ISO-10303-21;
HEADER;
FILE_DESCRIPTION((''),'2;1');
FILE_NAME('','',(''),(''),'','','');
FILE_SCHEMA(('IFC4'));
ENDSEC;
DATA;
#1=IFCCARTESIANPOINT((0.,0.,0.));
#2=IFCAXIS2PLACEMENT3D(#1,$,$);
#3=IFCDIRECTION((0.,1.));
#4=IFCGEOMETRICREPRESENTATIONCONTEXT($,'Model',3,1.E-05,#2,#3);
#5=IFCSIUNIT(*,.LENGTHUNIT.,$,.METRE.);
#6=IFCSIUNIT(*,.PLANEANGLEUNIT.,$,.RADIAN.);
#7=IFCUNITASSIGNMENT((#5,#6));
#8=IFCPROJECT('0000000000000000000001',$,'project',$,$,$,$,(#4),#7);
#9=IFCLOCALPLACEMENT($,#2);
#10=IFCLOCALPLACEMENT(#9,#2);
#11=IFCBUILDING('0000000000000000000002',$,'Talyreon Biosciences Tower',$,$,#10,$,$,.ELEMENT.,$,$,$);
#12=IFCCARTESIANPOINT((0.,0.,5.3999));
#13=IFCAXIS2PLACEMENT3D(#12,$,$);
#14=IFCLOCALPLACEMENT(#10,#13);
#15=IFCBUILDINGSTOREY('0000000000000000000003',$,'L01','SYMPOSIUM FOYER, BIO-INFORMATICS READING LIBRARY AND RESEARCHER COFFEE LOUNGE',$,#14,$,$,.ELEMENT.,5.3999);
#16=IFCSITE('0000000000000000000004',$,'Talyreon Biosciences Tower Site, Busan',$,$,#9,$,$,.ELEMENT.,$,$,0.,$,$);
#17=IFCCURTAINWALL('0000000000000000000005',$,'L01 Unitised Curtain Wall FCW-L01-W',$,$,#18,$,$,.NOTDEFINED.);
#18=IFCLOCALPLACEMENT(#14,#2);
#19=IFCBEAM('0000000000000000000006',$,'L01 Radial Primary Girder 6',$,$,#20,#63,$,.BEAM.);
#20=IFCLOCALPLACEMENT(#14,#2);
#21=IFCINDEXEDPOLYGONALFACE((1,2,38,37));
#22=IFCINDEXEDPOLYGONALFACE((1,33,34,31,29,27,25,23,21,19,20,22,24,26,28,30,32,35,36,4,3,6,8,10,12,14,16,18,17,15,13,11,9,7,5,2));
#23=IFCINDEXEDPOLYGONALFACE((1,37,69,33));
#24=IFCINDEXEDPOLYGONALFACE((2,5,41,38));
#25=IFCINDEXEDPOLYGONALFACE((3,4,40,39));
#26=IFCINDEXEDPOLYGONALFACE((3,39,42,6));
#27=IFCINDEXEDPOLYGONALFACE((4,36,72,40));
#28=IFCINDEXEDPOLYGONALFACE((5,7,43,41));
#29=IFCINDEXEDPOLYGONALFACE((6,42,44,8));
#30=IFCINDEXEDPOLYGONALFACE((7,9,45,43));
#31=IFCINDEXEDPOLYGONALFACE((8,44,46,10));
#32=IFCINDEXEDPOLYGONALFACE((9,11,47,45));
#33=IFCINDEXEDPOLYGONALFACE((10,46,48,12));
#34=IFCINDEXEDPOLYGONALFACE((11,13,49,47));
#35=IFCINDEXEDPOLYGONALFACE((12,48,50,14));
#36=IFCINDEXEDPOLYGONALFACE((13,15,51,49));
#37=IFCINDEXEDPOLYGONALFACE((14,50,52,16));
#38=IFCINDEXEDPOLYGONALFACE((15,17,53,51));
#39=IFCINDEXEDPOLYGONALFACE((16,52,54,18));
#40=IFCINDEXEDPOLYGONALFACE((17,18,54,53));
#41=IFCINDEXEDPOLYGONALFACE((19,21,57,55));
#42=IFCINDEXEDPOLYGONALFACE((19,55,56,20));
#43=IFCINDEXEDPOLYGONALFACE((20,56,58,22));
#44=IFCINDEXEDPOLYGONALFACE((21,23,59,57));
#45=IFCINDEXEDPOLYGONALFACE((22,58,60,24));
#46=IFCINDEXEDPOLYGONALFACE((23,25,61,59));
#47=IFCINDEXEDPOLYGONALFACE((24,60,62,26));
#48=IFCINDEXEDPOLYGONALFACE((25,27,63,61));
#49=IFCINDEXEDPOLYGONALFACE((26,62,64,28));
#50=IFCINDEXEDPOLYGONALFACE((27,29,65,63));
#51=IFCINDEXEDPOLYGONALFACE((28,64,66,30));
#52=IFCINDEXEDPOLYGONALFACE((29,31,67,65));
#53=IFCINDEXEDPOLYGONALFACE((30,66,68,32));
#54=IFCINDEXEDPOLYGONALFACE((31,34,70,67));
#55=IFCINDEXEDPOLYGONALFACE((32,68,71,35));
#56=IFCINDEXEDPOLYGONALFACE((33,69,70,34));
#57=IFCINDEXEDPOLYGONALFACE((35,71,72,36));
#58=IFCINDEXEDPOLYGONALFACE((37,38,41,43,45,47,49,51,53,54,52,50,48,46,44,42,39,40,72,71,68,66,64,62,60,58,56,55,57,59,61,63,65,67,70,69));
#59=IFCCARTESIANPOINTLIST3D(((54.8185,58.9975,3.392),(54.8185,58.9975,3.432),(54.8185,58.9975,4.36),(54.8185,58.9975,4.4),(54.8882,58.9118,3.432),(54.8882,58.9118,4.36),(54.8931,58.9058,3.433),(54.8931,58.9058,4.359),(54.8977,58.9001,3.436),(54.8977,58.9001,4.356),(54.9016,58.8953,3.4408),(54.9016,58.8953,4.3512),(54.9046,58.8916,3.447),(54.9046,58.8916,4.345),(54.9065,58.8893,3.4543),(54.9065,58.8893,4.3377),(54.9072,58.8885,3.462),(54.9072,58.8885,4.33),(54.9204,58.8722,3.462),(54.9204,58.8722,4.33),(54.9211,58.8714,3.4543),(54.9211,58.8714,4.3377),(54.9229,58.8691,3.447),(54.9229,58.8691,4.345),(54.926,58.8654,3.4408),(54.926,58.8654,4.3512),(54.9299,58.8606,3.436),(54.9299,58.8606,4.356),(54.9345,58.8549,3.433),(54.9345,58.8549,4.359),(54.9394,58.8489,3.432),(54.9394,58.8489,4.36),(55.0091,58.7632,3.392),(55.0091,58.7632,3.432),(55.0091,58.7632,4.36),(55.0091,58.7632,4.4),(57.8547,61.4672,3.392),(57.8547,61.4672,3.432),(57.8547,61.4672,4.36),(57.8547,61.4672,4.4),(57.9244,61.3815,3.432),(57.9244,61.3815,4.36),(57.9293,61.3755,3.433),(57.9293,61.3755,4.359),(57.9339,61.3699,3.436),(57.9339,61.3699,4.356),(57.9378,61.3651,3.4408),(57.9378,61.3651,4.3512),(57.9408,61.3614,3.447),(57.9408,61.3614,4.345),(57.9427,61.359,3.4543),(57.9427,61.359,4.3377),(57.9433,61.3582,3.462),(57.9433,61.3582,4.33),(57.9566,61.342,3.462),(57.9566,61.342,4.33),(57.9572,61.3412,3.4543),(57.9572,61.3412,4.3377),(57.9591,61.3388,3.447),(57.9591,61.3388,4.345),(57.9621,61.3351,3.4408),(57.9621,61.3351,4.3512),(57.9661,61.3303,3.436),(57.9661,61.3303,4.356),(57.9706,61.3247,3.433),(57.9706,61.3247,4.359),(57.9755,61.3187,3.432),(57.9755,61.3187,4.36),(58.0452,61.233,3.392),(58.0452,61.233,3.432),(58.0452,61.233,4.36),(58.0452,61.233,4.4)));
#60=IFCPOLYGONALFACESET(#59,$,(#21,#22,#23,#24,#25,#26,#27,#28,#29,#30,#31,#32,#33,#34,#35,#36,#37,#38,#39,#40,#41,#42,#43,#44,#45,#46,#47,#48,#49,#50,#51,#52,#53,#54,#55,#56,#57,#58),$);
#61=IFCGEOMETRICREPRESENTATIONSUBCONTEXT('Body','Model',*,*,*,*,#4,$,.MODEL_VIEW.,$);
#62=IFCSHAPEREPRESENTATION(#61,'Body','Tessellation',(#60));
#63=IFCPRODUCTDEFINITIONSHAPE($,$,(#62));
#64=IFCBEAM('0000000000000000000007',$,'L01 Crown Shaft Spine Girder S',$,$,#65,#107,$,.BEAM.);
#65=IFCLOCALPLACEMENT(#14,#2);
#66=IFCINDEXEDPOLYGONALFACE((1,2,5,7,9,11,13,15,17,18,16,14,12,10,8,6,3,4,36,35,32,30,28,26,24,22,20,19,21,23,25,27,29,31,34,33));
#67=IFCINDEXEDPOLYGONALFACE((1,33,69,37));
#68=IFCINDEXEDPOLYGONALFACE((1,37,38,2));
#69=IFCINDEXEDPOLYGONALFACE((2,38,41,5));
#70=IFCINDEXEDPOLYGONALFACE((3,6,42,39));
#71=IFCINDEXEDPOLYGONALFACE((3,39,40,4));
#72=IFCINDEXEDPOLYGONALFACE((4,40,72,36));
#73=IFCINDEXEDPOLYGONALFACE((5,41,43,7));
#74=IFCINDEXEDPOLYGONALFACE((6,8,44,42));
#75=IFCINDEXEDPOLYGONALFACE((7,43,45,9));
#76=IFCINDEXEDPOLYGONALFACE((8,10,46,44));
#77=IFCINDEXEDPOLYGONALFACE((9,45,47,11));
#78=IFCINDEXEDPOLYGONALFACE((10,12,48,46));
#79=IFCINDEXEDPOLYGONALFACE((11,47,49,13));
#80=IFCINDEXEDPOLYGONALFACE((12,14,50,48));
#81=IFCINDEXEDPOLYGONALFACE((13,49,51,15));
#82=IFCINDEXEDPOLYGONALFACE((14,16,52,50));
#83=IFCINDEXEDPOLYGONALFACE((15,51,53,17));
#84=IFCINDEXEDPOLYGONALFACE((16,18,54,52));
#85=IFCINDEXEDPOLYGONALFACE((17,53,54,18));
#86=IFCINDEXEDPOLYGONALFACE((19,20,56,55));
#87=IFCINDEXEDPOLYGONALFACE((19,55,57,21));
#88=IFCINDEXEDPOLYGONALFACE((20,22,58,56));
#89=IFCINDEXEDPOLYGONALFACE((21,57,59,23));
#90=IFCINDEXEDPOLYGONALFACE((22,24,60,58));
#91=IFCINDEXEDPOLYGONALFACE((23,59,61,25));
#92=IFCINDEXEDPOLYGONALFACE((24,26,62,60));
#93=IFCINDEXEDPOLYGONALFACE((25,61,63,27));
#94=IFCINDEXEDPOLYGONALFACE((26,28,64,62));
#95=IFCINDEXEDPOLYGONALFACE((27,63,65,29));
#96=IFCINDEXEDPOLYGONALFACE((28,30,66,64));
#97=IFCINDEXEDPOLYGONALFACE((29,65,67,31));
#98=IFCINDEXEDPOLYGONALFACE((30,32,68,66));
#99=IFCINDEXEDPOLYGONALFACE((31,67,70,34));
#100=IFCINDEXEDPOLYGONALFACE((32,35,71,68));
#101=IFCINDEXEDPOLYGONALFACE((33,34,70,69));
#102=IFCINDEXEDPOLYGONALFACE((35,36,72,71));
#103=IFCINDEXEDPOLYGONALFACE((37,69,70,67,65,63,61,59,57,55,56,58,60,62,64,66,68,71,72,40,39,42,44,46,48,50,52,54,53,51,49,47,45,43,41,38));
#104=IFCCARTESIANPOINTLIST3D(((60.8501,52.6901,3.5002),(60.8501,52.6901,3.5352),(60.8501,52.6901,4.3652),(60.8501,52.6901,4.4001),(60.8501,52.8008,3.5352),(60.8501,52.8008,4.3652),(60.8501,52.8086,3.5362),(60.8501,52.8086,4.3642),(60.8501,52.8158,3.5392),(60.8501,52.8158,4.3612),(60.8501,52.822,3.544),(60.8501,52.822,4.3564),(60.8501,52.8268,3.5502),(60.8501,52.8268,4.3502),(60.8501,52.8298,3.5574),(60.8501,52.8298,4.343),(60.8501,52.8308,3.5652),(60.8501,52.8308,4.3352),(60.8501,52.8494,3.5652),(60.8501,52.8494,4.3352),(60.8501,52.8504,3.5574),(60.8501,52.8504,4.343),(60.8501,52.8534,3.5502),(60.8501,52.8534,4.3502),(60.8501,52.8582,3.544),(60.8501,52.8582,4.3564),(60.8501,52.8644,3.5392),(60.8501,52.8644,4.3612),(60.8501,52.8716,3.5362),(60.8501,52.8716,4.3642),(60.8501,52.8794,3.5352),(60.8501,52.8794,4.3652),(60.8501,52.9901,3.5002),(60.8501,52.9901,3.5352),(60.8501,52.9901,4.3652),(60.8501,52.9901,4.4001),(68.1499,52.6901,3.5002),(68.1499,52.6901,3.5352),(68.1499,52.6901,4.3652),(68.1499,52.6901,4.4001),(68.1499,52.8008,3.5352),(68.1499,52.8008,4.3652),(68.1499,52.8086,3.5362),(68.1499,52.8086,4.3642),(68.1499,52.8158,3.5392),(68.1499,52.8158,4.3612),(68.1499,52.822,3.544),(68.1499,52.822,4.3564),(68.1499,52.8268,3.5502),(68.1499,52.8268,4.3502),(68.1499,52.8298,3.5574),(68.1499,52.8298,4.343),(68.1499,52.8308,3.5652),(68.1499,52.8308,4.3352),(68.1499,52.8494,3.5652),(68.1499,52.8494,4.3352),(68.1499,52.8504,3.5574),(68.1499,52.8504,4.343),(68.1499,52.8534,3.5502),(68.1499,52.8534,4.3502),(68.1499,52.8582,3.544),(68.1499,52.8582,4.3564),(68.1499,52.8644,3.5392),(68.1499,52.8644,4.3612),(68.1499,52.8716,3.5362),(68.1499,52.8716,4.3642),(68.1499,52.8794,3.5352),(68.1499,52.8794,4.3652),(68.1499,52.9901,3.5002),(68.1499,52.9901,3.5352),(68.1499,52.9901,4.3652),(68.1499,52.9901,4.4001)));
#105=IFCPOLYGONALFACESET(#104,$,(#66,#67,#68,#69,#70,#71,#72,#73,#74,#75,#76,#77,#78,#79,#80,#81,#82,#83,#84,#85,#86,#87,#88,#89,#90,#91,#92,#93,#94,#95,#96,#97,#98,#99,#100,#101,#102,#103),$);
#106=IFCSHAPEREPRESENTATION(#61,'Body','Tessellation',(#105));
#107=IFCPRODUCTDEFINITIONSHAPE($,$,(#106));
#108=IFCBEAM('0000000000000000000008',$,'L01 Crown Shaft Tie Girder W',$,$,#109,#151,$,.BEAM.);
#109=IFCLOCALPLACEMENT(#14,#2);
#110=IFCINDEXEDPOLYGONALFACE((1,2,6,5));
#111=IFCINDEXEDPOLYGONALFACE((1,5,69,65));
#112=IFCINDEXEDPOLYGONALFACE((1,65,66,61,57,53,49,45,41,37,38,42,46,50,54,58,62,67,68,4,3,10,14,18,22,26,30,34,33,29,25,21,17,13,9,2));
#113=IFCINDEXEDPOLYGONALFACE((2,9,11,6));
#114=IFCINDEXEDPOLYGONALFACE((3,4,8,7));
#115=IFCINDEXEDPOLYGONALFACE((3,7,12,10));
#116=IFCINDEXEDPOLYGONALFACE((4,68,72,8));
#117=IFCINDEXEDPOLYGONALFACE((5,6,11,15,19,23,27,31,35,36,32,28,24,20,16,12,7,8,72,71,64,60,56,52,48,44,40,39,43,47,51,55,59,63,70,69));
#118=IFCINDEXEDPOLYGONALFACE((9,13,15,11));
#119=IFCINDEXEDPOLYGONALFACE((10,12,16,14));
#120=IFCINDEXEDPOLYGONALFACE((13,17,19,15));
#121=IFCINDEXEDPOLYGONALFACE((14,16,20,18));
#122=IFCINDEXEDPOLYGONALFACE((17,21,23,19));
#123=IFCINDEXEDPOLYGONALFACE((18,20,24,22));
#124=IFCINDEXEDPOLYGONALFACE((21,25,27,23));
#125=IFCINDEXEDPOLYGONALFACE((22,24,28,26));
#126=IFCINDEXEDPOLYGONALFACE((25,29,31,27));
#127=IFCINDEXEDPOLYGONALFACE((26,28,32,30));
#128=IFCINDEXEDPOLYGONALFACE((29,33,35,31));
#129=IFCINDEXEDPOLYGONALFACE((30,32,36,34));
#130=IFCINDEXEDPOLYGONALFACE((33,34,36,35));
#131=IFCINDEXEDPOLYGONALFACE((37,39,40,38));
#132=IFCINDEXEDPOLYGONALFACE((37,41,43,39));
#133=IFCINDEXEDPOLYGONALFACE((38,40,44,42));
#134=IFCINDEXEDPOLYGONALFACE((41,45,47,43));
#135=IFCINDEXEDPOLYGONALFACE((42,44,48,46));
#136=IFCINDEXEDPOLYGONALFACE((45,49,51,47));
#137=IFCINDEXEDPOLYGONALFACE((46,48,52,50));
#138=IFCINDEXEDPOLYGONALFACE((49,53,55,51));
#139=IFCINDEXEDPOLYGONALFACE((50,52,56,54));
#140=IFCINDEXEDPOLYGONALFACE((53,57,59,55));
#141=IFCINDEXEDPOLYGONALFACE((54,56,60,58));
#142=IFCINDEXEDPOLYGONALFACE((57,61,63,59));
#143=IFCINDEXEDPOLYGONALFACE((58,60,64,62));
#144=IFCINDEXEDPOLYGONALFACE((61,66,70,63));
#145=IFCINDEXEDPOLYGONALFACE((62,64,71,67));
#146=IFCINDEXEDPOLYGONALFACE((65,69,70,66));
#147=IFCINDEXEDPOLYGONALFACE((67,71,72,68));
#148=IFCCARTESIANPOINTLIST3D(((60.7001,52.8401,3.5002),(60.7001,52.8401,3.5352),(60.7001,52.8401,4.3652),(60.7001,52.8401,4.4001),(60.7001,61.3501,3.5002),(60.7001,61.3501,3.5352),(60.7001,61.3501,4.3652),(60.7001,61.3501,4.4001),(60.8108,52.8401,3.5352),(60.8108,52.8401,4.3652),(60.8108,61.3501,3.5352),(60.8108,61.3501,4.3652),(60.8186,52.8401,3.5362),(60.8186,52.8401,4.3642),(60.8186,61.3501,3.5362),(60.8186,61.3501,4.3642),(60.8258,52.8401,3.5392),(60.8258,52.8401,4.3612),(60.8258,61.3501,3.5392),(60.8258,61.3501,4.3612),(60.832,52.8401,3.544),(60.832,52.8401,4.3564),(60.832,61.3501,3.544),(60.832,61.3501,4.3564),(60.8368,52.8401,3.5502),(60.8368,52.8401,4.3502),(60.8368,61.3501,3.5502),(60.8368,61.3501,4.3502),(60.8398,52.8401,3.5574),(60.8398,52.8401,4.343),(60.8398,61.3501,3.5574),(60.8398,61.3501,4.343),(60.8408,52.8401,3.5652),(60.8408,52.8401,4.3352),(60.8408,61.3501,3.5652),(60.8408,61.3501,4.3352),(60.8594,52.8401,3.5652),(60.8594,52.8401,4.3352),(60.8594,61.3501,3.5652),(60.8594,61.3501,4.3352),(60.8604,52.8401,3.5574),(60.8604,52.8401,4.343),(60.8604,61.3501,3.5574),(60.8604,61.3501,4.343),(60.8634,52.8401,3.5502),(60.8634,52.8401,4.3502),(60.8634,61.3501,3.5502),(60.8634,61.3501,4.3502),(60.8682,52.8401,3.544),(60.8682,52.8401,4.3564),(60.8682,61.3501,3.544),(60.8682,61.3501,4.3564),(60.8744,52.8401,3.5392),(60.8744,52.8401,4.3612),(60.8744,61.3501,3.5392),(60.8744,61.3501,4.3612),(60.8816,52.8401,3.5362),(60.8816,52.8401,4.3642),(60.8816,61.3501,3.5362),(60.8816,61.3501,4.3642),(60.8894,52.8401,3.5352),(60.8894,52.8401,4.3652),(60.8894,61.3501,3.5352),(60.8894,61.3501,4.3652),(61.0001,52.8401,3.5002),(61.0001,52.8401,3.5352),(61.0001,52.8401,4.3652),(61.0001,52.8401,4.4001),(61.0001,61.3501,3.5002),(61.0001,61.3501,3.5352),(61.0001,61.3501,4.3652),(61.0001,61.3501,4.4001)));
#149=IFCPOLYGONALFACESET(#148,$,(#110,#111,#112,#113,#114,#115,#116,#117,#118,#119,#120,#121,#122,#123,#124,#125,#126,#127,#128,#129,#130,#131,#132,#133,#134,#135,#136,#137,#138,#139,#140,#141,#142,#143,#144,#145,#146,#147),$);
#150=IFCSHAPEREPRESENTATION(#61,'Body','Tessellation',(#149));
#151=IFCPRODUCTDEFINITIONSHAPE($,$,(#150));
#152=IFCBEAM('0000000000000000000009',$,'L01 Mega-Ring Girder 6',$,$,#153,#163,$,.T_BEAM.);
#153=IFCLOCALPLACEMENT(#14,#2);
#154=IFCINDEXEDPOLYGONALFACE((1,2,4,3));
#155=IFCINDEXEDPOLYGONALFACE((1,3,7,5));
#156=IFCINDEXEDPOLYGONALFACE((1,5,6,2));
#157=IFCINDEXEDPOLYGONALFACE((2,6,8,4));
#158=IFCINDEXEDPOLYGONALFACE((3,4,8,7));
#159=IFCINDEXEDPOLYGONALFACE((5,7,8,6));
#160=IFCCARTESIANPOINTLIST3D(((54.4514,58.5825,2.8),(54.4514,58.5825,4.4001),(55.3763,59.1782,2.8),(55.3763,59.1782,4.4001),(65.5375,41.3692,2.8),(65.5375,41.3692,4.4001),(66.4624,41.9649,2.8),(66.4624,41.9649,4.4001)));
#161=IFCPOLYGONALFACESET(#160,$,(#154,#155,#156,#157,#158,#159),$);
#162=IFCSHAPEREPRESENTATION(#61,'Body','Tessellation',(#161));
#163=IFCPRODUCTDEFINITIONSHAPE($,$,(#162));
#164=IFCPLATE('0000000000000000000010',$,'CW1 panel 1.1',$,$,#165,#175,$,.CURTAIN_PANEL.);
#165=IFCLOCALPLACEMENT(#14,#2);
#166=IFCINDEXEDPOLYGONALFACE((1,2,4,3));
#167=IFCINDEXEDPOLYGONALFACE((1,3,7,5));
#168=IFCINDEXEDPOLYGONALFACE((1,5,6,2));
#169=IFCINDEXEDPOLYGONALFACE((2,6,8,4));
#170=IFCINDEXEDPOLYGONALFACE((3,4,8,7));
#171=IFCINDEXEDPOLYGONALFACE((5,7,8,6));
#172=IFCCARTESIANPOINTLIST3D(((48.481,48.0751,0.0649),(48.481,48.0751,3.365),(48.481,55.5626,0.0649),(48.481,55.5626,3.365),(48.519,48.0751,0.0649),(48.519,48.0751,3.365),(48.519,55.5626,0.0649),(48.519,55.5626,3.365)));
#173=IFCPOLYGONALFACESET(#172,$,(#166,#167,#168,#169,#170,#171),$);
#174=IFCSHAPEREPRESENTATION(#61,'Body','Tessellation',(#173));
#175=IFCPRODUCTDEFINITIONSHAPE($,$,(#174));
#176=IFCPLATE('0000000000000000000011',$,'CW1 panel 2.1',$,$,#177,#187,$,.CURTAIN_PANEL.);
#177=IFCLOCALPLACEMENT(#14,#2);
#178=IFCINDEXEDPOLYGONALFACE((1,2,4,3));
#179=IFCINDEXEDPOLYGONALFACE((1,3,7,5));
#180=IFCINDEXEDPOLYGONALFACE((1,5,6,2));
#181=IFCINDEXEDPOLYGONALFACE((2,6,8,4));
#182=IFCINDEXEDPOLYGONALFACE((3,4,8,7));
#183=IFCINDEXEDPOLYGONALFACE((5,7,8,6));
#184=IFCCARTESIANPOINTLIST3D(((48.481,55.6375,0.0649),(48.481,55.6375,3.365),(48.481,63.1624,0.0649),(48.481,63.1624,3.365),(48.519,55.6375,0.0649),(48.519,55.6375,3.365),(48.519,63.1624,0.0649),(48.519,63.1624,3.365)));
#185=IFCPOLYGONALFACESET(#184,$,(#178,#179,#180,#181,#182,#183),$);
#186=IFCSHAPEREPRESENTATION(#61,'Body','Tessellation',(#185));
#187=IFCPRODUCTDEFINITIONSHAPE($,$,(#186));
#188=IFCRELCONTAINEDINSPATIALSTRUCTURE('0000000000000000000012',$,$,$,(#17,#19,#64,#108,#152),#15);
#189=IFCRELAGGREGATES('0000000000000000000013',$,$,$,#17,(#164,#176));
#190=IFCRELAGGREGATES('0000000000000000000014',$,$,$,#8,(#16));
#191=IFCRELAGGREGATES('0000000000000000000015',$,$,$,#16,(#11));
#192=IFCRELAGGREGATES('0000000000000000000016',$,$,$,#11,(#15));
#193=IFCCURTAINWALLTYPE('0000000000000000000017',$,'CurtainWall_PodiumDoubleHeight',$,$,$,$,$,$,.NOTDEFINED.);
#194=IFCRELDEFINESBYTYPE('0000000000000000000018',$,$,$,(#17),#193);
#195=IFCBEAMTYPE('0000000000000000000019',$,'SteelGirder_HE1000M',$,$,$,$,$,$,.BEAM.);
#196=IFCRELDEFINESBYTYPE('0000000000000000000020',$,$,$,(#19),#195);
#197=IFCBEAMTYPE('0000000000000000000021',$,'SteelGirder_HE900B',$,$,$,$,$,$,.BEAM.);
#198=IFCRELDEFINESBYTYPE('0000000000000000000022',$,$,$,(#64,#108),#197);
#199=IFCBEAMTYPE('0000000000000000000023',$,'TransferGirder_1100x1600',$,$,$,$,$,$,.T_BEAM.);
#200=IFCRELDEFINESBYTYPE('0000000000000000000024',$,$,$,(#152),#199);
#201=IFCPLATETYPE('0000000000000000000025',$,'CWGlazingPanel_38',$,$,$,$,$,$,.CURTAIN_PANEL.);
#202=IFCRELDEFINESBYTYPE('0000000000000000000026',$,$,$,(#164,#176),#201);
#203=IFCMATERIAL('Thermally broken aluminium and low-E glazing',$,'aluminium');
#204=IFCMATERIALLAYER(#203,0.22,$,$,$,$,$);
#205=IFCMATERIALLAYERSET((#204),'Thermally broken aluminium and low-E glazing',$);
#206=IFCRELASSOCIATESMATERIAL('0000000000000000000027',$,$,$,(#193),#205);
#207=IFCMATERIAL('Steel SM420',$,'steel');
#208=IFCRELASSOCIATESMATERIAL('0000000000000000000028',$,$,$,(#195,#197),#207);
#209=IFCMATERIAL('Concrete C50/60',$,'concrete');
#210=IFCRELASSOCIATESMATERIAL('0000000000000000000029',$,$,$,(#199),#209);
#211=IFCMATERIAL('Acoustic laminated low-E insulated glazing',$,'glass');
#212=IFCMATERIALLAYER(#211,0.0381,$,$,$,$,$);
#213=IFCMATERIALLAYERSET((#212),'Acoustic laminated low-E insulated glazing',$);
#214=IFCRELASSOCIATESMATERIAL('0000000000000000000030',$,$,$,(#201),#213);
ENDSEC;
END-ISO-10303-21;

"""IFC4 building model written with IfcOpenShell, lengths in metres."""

from ifc_helpers import new_model, si_unit, direction, frame, origin, origin_2d, place, context, subcontext, project, spatial, rectangle, i_section, extrude, material, layer, layer_set, material_profile, profile_set, type_object, element, aggregate, save


model = new_model("IFC4")

# Units and contexts
model_context = context("Model", 3, precision=1e-05, world=origin(), true_north=direction((0.0, 1.0)))
body_context = subcontext(model_context, "Body", "Model", "MODEL_VIEW")
ifc_project = project(units=[si_unit("LENGTHUNIT", "METRE"), si_unit("PLANEANGLEUNIT", "RADIAN")], contexts=[model_context])

# Site, building, storey
site_placement = place(None, origin())
site = spatial("IfcSite", under=ifc_project, at=site_placement, Name="Talyreon Biosciences Tower Site, Busan", CompositionType="ELEMENT", RefElevation=0.0)
building_placement = place(site_placement, origin())
building = spatial("IfcBuilding", under=site, at=building_placement, Name="Talyreon Biosciences Tower", CompositionType="ELEMENT")
storey_placement = place(building_placement, frame((0.0, 0.0, 5.3999)))
storey = spatial("IfcBuildingStorey", under=building, at=storey_placement, Name="L01", Description="SYMPOSIUM FOYER, BIO-INFORMATICS READING LIBRARY AND RESEARCHER COFFEE LOUNGE", CompositionType="ELEMENT", Elevation=5.3999)

# Curtain wall
ifc_material_1 = material(Name="Thermally broken aluminium and low-E glazing", Category="aluminium")
ifc_layer_1 = layer(ifc_material_1, 0.22)
ifc_layer_set_1 = layer_set([ifc_layer_1], Name="Thermally broken aluminium and low-E glazing")
curtain_wall_type = type_object("IfcCurtainWallType", Name="CurtainWall_PodiumDoubleHeight", PredefinedType="NOTDEFINED", material=ifc_layer_set_1)
curtain_wall_placement = place(storey_placement, origin())
curtain_wall = element("IfcCurtainWall", 1, at=curtain_wall_placement, inside=storey, type_object=curtain_wall_type, Name="L01 Unitised Curtain Wall FCW-L01-W", PredefinedType="NOTDEFINED")

# Beams
ifc_material_2 = material(Name="Steel SM420", Category="steel")
ifc_material_profile_1 = material_profile(ifc_material_2, i_section(OverallWidth=0.302, OverallDepth=1.0081, WebThickness=0.021, FlangeThickness=0.04, FilletRadius=0.03, at=origin_2d()), Name="HE1000M")
ifc_profile_set_1 = profile_set([ifc_material_profile_1], Name="Steel SM420")
beam_type_1 = type_object("IfcBeamType", Name="SteelGirder_HE1000M", PredefinedType="BEAM", material=ifc_profile_set_1)
beam_1_placement = place(storey_placement, frame((57.95, 61.3501, 3.896), z_axis=(-0.775755, -0.631034, 0.0), x_axis=(0.631034, -0.775755, 0.0)))
element("IfcBeam", 2, at=beam_1_placement, inside=storey, type_object=beam_type_1, Name="L01 Radial Primary Girder 6", PredefinedType="BEAM", context=body_context, shape_type="SweptSolid", body=[
    extrude(i_section(OverallWidth=0.302, OverallDepth=1.0081, WebThickness=0.021, FlangeThickness=0.04, FilletRadius=0.03, at=origin_2d()), origin(), (0.0, 0.0, 1.0), 3.9138),
])
ifc_material_profile_2 = material_profile(ifc_material_2, i_section(OverallWidth=0.3, OverallDepth=0.8999, WebThickness=0.0186, FlangeThickness=0.0349, FilletRadius=0.03, at=origin_2d()), Name="HE900B")
ifc_profile_set_2 = profile_set([ifc_material_profile_2], Name="Steel SM420")
beam_type_2 = type_object("IfcBeamType", Name="SteelGirder_HE900B", PredefinedType="BEAM", material=ifc_profile_set_2)
beam_2_placement = place(storey_placement, frame((60.8501, 52.8401, 3.9502), z_axis=(1.0, 0.0, 0.0), x_axis=(0.0, 1.0, 0.0)))
element("IfcBeam", 3, at=beam_2_placement, inside=storey, type_object=beam_type_2, Name="L01 Crown Shaft Spine Girder S", PredefinedType="BEAM", context=body_context, shape_type="SweptSolid", body=[
    extrude(i_section(OverallWidth=0.3, OverallDepth=0.8999, WebThickness=0.0186, FlangeThickness=0.0349, FilletRadius=0.03, at=origin_2d()), origin(), (0.0, 0.0, 1.0), 7.2998),
])
beam_3_placement = place(storey_placement, frame((60.8501, 52.8401, 3.9502), z_axis=(0.0, 1.0, 0.0), x_axis=(-1.0, 0.0, 0.0)))
element("IfcBeam", 4, at=beam_3_placement, inside=storey, type_object=beam_type_2, Name="L01 Crown Shaft Tie Girder W", PredefinedType="BEAM", context=body_context, shape_type="SweptSolid", body=[
    extrude(i_section(OverallWidth=0.3, OverallDepth=0.8999, WebThickness=0.0186, FlangeThickness=0.0349, FilletRadius=0.03, at=origin_2d()), origin(), (0.0, 0.0, 1.0), 8.51),
])
ifc_material_3 = material(Name="Concrete C50/60", Category="concrete")
ifc_material_profile_3 = material_profile(ifc_material_3, rectangle(XDim=1.1001, YDim=1.6001, at=origin_2d()), Name="RCB 1100x1600")
ifc_profile_set_3 = profile_set([ifc_material_profile_3], Name="Concrete C50/60")
beam_type_3 = type_object("IfcBeamType", Name="TransferGirder_1100x1600", PredefinedType="T_BEAM", material=ifc_profile_set_3)
beam_4_placement = place(storey_placement, frame((54.9138, 58.8804, 3.6001), z_axis=(0.541464, -0.840724, 0.0), x_axis=(0.840724, 0.541464, 0.0)))
element("IfcBeam", 5, at=beam_4_placement, inside=storey, type_object=beam_type_3, Name="L01 Mega-Ring Girder 6", PredefinedType="T_BEAM", context=body_context, shape_type="SweptSolid", body=[
    extrude(rectangle(XDim=1.1001, YDim=1.6001, at=origin_2d()), origin(), (0.0, 0.0, 1.0), 20.4744),
])

# Plates
ifc_material_4 = material(Name="Acoustic laminated low-E insulated glazing", Category="glass")
ifc_layer_2 = layer(ifc_material_4, 0.0381)
ifc_layer_set_2 = layer_set([ifc_layer_2], Name="Acoustic laminated low-E insulated glazing")
plate_type = type_object("IfcPlateType", Name="CWGlazingPanel_38", PredefinedType="CURTAIN_PANEL", material=ifc_layer_set_2)
plate_1_placement = place(storey_placement, frame((48.5, 51.8188, 0.0649), z_axis=(0.0, 0.0, 1.0), x_axis=(0.0, 1.0, 0.0)))
plate_1 = element("IfcPlate", 6, at=plate_1_placement, type_object=plate_type, Name="CW1 panel 1.1", PredefinedType="CURTAIN_PANEL", context=body_context, shape_type="SweptSolid", body=[
    extrude(rectangle(XDim=7.4875, YDim=0.0381, at=origin_2d()), origin(), (0.0, 0.0, 1.0), 3.3),
])
plate_2_placement = place(storey_placement, frame((48.5, 59.3999, 0.0649), z_axis=(0.0, 0.0, 1.0), x_axis=(0.0, 1.0, 0.0)))
plate_2 = element("IfcPlate", 7, at=plate_2_placement, type_object=plate_type, Name="CW1 panel 2.1", PredefinedType="CURTAIN_PANEL", context=body_context, shape_type="SweptSolid", body=[
    extrude(rectangle(XDim=7.5249, YDim=0.0381, at=origin_2d()), origin(), (0.0, 0.0, 1.0), 3.3),
])
aggregate(curtain_wall, [plate_1, plate_2])

save(model, "model.ifc")
